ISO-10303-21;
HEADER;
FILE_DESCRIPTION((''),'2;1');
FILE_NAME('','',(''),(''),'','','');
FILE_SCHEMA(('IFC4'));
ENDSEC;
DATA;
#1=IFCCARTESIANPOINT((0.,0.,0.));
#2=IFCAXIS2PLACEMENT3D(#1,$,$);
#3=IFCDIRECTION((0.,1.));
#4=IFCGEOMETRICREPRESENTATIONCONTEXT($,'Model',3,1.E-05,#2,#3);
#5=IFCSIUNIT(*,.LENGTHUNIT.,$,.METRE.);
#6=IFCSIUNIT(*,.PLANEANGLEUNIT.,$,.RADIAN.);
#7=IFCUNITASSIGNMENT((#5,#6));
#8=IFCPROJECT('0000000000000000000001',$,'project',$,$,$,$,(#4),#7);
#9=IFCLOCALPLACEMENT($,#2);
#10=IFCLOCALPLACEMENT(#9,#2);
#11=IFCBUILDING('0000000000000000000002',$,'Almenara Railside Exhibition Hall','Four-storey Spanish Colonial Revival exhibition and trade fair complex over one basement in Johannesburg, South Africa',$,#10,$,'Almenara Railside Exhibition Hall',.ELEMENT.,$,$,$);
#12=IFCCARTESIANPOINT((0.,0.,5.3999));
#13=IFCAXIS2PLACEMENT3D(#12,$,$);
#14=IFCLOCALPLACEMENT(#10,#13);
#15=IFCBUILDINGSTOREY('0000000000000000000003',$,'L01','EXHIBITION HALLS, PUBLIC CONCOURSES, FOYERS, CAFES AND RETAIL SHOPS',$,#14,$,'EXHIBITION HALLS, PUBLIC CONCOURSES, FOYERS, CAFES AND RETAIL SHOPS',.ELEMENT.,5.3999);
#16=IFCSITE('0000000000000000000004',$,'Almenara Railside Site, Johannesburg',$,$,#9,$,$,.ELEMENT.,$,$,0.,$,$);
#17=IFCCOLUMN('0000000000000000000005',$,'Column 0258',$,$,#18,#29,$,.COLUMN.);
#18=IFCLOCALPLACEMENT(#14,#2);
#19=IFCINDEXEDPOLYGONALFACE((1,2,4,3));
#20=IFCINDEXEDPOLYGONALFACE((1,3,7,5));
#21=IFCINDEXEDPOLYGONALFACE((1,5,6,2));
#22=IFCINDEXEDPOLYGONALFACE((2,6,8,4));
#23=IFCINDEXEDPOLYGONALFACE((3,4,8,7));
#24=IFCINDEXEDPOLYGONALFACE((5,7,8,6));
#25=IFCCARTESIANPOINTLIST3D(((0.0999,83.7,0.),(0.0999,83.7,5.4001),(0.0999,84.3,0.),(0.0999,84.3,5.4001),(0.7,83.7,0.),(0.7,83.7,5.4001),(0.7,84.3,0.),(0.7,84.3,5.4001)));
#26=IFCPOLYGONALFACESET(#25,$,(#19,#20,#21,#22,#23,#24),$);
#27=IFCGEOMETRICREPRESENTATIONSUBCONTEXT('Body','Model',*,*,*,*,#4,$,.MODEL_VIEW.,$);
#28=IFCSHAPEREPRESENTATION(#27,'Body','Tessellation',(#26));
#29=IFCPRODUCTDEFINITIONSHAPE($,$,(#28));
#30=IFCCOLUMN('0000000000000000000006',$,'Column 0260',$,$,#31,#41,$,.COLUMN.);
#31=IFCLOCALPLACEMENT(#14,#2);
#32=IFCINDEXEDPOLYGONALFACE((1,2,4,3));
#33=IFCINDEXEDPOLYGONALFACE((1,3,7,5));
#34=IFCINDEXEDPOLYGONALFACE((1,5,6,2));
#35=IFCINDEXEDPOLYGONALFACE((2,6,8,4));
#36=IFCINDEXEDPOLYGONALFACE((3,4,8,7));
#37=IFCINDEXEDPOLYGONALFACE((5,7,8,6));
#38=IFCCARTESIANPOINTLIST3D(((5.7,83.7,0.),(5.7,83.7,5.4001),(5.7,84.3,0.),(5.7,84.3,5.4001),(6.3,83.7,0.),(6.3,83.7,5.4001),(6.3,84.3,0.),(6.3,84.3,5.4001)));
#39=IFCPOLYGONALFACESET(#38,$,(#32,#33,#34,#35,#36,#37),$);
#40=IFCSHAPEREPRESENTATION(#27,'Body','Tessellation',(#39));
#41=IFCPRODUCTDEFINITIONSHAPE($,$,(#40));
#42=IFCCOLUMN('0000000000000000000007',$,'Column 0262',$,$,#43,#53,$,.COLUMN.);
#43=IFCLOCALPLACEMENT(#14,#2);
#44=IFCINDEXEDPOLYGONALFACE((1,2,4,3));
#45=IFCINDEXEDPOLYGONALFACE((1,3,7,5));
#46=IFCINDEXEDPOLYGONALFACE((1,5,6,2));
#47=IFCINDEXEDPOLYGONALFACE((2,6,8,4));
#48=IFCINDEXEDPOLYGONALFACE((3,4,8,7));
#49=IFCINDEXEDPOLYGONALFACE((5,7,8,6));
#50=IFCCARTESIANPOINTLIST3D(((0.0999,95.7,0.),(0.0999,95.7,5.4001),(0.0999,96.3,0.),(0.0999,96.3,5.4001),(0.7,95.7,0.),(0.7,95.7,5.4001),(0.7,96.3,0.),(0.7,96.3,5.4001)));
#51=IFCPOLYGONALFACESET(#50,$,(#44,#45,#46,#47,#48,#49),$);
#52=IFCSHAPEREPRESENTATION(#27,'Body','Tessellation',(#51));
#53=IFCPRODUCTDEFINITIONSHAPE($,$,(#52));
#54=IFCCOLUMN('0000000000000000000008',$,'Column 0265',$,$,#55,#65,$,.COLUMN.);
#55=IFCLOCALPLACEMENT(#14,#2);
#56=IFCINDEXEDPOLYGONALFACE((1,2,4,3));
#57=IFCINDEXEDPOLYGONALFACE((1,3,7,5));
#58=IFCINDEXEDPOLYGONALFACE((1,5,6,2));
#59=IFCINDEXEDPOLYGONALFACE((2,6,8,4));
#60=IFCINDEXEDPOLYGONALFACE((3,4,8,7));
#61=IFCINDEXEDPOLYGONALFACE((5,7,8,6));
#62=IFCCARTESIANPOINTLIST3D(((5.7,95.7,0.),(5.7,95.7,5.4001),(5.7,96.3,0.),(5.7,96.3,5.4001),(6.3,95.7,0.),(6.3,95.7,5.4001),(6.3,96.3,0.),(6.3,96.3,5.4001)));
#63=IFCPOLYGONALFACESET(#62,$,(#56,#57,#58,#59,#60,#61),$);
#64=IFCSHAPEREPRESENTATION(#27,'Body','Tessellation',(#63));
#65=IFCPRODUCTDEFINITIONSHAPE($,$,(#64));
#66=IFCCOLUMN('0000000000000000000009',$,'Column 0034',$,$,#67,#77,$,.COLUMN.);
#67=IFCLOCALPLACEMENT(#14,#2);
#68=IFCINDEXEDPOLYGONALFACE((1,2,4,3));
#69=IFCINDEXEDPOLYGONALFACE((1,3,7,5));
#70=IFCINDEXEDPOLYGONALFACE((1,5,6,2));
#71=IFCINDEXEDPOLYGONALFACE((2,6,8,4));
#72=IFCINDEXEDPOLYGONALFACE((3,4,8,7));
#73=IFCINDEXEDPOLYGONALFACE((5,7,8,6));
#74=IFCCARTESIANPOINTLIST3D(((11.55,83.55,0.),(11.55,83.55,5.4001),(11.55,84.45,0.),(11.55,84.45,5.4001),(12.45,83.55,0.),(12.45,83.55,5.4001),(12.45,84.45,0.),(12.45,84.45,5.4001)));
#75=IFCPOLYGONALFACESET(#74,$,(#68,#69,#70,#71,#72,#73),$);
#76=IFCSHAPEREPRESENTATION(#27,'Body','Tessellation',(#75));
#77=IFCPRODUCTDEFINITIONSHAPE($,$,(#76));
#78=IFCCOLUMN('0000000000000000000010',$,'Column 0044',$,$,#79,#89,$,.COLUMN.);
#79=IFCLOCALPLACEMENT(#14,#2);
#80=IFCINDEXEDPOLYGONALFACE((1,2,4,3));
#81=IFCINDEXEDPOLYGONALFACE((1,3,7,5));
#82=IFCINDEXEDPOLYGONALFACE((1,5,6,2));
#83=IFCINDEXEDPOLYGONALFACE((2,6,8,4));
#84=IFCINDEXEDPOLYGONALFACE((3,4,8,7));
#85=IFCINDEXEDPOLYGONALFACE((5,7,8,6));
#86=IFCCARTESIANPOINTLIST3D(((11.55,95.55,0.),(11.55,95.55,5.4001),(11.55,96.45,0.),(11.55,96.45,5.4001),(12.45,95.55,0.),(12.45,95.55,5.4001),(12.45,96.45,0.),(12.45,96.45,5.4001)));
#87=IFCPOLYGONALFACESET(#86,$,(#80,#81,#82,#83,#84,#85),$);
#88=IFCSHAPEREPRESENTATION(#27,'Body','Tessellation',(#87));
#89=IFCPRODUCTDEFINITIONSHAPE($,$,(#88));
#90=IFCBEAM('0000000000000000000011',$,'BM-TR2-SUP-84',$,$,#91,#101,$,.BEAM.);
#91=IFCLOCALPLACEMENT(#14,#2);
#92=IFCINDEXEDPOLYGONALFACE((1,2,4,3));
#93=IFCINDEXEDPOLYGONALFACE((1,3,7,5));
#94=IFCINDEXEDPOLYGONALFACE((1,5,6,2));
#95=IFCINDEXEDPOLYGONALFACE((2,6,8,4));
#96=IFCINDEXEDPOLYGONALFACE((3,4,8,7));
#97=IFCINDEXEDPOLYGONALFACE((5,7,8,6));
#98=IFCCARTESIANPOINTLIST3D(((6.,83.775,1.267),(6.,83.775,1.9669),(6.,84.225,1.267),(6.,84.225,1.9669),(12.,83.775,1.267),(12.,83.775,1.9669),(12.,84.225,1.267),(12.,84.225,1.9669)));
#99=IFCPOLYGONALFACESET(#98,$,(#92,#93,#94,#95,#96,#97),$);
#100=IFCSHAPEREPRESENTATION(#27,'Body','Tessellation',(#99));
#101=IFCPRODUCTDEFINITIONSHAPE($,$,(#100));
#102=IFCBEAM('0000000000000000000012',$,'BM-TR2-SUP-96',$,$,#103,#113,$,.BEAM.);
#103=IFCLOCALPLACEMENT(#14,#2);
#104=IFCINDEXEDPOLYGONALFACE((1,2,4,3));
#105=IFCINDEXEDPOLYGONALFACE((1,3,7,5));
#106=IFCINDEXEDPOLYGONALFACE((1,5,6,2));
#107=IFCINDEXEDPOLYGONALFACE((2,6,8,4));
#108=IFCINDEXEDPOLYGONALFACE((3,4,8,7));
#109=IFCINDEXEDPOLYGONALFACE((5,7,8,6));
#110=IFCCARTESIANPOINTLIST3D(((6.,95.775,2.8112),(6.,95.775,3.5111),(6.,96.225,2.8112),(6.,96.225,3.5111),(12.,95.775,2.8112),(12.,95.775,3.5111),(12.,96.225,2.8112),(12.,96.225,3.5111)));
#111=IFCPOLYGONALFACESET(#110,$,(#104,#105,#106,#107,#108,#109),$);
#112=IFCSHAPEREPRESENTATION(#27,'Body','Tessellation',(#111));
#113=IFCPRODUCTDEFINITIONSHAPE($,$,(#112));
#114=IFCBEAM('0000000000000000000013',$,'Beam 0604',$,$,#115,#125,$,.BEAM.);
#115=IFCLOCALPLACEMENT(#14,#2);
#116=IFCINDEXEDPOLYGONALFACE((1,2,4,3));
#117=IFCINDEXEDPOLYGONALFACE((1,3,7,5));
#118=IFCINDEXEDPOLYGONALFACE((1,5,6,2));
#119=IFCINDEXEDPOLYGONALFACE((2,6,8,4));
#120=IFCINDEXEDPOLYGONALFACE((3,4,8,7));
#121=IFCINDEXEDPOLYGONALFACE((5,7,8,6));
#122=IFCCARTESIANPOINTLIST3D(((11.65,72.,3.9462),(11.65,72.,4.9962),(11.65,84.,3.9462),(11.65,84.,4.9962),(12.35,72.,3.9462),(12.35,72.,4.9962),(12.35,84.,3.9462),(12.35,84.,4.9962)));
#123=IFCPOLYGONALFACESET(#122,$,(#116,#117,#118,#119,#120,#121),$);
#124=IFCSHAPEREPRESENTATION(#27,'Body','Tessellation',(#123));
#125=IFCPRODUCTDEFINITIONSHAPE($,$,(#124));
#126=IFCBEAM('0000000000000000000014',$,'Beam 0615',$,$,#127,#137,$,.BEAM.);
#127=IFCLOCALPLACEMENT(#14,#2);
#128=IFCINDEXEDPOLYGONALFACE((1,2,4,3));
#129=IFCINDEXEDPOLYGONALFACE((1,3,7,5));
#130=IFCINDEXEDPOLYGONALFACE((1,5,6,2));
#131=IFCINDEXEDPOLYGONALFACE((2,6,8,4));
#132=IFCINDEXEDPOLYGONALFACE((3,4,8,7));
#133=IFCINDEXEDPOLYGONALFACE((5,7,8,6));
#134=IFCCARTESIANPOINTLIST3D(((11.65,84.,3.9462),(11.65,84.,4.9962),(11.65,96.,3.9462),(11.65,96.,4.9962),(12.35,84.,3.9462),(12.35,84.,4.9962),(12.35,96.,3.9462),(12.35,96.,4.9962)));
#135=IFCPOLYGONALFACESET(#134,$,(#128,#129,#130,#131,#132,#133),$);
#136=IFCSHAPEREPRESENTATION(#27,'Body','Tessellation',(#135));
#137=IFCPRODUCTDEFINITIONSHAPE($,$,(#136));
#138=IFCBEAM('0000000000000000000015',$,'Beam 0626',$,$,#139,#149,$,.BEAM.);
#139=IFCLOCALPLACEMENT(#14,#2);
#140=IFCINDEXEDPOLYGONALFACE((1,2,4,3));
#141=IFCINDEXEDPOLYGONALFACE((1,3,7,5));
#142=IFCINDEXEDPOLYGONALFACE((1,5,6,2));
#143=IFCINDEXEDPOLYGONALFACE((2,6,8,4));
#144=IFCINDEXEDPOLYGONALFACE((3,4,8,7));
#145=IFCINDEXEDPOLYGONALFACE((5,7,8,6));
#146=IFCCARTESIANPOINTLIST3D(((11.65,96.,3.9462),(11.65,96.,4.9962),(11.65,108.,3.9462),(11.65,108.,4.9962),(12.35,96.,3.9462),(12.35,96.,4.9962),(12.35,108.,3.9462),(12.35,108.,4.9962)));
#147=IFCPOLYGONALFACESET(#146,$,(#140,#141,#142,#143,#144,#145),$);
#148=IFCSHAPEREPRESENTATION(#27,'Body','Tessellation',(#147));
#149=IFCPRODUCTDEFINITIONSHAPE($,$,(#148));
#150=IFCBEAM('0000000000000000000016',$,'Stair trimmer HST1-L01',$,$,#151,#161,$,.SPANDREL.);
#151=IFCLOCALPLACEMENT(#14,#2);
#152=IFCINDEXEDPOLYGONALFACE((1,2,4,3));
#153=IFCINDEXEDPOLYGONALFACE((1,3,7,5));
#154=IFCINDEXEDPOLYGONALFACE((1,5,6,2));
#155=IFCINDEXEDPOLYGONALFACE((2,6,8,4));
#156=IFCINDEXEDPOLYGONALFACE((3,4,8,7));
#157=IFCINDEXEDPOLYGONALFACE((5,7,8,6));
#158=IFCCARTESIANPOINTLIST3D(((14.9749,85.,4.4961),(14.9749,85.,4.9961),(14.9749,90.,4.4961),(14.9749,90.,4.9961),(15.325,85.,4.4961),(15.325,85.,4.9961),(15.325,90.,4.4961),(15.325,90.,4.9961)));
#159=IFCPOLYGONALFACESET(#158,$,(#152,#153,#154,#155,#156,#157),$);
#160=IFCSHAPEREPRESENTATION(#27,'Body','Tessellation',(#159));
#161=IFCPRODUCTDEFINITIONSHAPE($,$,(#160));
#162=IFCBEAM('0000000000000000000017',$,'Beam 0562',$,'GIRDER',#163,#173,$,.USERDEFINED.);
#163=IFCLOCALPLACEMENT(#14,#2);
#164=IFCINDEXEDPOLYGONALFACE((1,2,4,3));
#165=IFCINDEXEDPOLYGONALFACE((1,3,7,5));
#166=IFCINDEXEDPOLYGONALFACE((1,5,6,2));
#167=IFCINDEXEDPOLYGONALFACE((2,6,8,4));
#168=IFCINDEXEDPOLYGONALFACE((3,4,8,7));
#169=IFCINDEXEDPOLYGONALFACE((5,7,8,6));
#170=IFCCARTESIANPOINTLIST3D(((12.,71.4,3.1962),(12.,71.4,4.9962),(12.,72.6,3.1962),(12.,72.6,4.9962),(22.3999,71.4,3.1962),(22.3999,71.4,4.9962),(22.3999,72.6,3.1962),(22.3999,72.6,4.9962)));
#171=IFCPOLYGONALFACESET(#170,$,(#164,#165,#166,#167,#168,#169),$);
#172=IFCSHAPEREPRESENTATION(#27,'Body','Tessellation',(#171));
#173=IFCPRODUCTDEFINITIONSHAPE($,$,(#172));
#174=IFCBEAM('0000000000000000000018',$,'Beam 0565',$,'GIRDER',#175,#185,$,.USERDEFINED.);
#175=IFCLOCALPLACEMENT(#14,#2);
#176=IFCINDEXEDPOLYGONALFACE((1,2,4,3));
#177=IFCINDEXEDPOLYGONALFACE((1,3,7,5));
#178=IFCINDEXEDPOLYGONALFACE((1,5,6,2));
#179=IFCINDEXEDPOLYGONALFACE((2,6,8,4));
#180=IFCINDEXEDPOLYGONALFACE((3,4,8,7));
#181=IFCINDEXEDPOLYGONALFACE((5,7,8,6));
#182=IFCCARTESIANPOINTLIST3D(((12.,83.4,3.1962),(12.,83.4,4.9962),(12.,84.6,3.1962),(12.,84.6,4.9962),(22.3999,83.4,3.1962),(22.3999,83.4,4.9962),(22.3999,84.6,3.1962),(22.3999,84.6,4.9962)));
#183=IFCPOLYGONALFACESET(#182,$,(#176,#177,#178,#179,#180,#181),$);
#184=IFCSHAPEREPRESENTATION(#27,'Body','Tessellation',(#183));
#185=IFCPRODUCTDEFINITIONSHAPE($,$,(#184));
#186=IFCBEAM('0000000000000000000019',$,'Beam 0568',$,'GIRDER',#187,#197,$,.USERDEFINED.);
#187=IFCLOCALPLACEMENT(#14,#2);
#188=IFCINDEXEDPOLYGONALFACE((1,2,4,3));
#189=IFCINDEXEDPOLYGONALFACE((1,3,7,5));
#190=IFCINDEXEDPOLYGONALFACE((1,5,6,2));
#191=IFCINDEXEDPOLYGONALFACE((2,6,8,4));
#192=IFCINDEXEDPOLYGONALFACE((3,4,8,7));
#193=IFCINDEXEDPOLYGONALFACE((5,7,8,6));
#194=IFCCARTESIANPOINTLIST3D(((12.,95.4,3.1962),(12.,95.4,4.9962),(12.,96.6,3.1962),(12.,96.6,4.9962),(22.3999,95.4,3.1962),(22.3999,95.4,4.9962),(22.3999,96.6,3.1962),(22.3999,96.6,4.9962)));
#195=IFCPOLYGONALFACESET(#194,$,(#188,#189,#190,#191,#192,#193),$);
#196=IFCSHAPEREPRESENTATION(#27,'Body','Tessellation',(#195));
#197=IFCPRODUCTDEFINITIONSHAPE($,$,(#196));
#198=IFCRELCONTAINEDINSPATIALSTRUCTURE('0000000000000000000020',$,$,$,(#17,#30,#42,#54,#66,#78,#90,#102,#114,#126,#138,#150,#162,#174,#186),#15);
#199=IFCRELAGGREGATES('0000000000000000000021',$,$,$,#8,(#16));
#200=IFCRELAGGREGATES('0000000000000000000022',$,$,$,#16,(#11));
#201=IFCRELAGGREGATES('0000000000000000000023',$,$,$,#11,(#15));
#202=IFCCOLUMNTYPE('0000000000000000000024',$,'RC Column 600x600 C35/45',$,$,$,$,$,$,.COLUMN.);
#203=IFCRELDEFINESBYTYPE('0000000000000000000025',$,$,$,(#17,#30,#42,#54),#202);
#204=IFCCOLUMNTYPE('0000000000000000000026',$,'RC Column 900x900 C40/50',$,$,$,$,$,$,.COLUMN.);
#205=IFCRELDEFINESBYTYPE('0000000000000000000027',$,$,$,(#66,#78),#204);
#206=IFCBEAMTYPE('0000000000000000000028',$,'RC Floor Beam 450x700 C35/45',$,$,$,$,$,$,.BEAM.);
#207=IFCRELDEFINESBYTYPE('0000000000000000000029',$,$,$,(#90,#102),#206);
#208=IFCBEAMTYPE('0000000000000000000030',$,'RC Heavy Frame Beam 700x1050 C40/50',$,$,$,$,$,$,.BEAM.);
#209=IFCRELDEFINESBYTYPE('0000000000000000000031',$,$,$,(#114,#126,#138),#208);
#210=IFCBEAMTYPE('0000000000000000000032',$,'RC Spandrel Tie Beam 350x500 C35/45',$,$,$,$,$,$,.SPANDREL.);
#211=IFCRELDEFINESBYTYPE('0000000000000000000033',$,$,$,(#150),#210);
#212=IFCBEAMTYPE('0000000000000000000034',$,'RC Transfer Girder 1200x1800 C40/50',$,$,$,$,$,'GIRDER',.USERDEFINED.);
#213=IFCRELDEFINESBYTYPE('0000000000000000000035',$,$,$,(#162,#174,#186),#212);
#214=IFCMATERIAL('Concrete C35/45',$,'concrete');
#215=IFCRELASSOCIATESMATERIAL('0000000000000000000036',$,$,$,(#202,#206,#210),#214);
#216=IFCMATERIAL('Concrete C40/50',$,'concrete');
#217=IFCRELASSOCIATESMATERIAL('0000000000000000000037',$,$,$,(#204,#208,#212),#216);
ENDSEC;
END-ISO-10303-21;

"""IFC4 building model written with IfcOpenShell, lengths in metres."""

from ifc_helpers import new_model, si_unit, direction, frame, origin, origin_2d, place, context, subcontext, project, spatial, rectangle, extrude, material, material_profile, profile_set, type_object, element, save


model = new_model("IFC4")

# Units and contexts
model_context = context("Model", 3, precision=1e-05, world=origin(), true_north=direction((0.0, 1.0)))
body_context = subcontext(model_context, "Body", "Model", "MODEL_VIEW")
ifc_project = project(units=[si_unit("LENGTHUNIT", "METRE"), si_unit("PLANEANGLEUNIT", "RADIAN")], contexts=[model_context])

# Site, building, storey
site_placement = place(None, origin())
site = spatial("IfcSite", under=ifc_project, at=site_placement, Name="Almenara Railside Site, Johannesburg", CompositionType="ELEMENT", RefElevation=0.0)
building_placement = place(site_placement, origin())
building = spatial("IfcBuilding", under=site, at=building_placement, Name="Almenara Railside Exhibition Hall", Description="Four-storey Spanish Colonial Revival exhibition and trade fair complex over one basement in Johannesburg, South Africa", LongName="Almenara Railside Exhibition Hall", CompositionType="ELEMENT")
storey_placement = place(building_placement, frame((0.0, 0.0, 5.3999)))
storey = spatial("IfcBuildingStorey", under=building, at=storey_placement, Name="L01", Description="EXHIBITION HALLS, PUBLIC CONCOURSES, FOYERS, CAFES AND RETAIL SHOPS", LongName="EXHIBITION HALLS, PUBLIC CONCOURSES, FOYERS, CAFES AND RETAIL SHOPS", CompositionType="ELEMENT", Elevation=5.3999)

# Columns
ifc_material_1 = material(Name="Concrete C35/45", Category="concrete")
ifc_material_profile_1 = material_profile(ifc_material_1, rectangle(XDim=0.6001, YDim=0.6001, at=origin_2d()), Name="RC 600x600")
ifc_profile_set_1 = profile_set([ifc_material_profile_1], Name="Concrete C35/45")
column_type_1 = type_object("IfcColumnType", Name="RC Column 600x600 C35/45", PredefinedType="COLUMN", material=ifc_profile_set_1)
for number, where, z_axis, x_axis, name in (
    (1, (0.3999, 84.0, 0.0), (0.0, 0.0, 1.0), (1.0, 0.0, 0.0), "Column 0258"),
    (2, (6.0, 84.0, 0.0), (0.0, 0.0, 1.0), (1.0, 0.0, 0.0), "Column 0260"),
    (3, (0.3999, 96.0, 0.0), (0.0, 0.0, 1.0), (1.0, 0.0, 0.0), "Column 0262"),
    (4, (6.0, 96.0, 0.0), (0.0, 0.0, 1.0), (1.0, 0.0, 0.0), "Column 0265"),
):
    element("IfcColumn", number, at=place(storey_placement, frame(where, z_axis=z_axis, x_axis=x_axis)), inside=storey, type_object=column_type_1, Name=name, PredefinedType="COLUMN", context=body_context, shape_type="SweptSolid", body=[
        extrude(rectangle(XDim=0.6001, YDim=0.6001, at=origin_2d()), origin(), (0.0, 0.0, 1.0), 5.4001),
    ])
ifc_material_2 = material(Name="Concrete C40/50", Category="concrete")
ifc_material_profile_2 = material_profile(ifc_material_2, rectangle(XDim=0.8999, YDim=0.8999, at=origin_2d()), Name="RC 900x900")
ifc_profile_set_2 = profile_set([ifc_material_profile_2], Name="Concrete C40/50")
column_type_2 = type_object("IfcColumnType", Name="RC Column 900x900 C40/50", PredefinedType="COLUMN", material=ifc_profile_set_2)
for number, where, z_axis, x_axis, name in (
    (5, (12.0, 84.0, 0.0), (0.0, 0.0, 1.0), (1.0, 0.0, 0.0), "Column 0034"),
    (6, (12.0, 96.0, 0.0), (0.0, 0.0, 1.0), (1.0, 0.0, 0.0), "Column 0044"),
):
    element("IfcColumn", number, at=place(storey_placement, frame(where, z_axis=z_axis, x_axis=x_axis)), inside=storey, type_object=column_type_2, Name=name, PredefinedType="COLUMN", context=body_context, shape_type="SweptSolid", body=[
        extrude(rectangle(XDim=0.8999, YDim=0.8999, at=origin_2d()), origin(), (0.0, 0.0, 1.0), 5.4001),
    ])

# Beams
ifc_material_profile_3 = material_profile(ifc_material_1, rectangle(XDim=0.45, YDim=0.7, at=origin_2d()), Name="RC 450x700")
ifc_profile_set_3 = profile_set([ifc_material_profile_3], Name="Concrete C35/45")
beam_type_1 = type_object("IfcBeamType", Name="RC Floor Beam 450x700 C35/45", PredefinedType="BEAM", material=ifc_profile_set_3)
for number, where, z_axis, x_axis, name in (
    (7, (6.0, 84.0, 1.6169), (1.0, 0.0, 0.0), (0.0, 1.0, 0.0), "BM-TR2-SUP-84"),
    (8, (6.0, 96.0, 3.1611), (1.0, 0.0, 0.0), (0.0, 1.0, 0.0), "BM-TR2-SUP-96"),
):
    element("IfcBeam", number, at=place(storey_placement, frame(where, z_axis=z_axis, x_axis=x_axis)), inside=storey, type_object=beam_type_1, Name=name, PredefinedType="BEAM", context=body_context, shape_type="SweptSolid", body=[
        extrude(rectangle(XDim=0.45, YDim=0.7, at=origin_2d()), origin(), (0.0, 0.0, 1.0), 6.0),
    ])
ifc_material_profile_4 = material_profile(ifc_material_2, rectangle(XDim=0.7, YDim=1.05, at=origin_2d()), Name="RC 700x1050")
ifc_profile_set_4 = profile_set([ifc_material_profile_4], Name="Concrete C40/50")
beam_type_2 = type_object("IfcBeamType", Name="RC Heavy Frame Beam 700x1050 C40/50", PredefinedType="BEAM", material=ifc_profile_set_4)
for number, where, z_axis, x_axis, name in (
    (9, (12.0, 72.0, 4.4712), (0.0, 1.0, 0.0), (-1.0, 0.0, 0.0), "Beam 0604"),
    (10, (12.0, 84.0, 4.4712), (0.0, 1.0, 0.0), (-1.0, 0.0, 0.0), "Beam 0615"),
    (11, (12.0, 96.0, 4.4712), (0.0, 1.0, 0.0), (-1.0, 0.0, 0.0), "Beam 0626"),
):
    element("IfcBeam", number, at=place(storey_placement, frame(where, z_axis=z_axis, x_axis=x_axis)), inside=storey, type_object=beam_type_2, Name=name, PredefinedType="BEAM", context=body_context, shape_type="SweptSolid", body=[
        extrude(rectangle(XDim=0.7, YDim=1.05, at=origin_2d()), origin(), (0.0, 0.0, 1.0), 12.0),
    ])
ifc_material_profile_5 = material_profile(ifc_material_1, rectangle(XDim=0.3501, YDim=0.5, at=origin_2d()), Name="RC 350x500")
ifc_profile_set_5 = profile_set([ifc_material_profile_5], Name="Concrete C35/45")
beam_type_3 = type_object("IfcBeamType", Name="RC Spandrel Tie Beam 350x500 C35/45", PredefinedType="SPANDREL", material=ifc_profile_set_5)
beam_placement = place(storey_placement, frame((15.1499, 85.0, 4.7461), z_axis=(0.0, 1.0, 0.0), x_axis=(-1.0, 0.0, 0.0)))
element("IfcBeam", 12, at=beam_placement, inside=storey, type_object=beam_type_3, Name="Stair trimmer HST1-L01", PredefinedType="SPANDREL", context=body_context, shape_type="SweptSolid", body=[
    extrude(rectangle(XDim=0.3501, YDim=0.5, at=origin_2d()), origin(), (0.0, 0.0, 1.0), 5.0),
])
ifc_material_profile_6 = material_profile(ifc_material_2, rectangle(XDim=1.2, YDim=1.8, at=origin_2d()), Name="RC 1200x1800")
ifc_profile_set_6 = profile_set([ifc_material_profile_6], Name="Concrete C40/50")
beam_type_4 = type_object("IfcBeamType", Name="RC Transfer Girder 1200x1800 C40/50", ElementType="GIRDER", PredefinedType="USERDEFINED", material=ifc_profile_set_6)
for number, where, z_axis, x_axis, name in (
    (13, (12.0, 72.0, 4.0962), (1.0, 0.0, 0.0), (0.0, 1.0, 0.0), "Beam 0562"),
    (14, (12.0, 84.0, 4.0962), (1.0, 0.0, 0.0), (0.0, 1.0, 0.0), "Beam 0565"),
    (15, (12.0, 96.0, 4.0962), (1.0, 0.0, 0.0), (0.0, 1.0, 0.0), "Beam 0568"),
):
    element("IfcBeam", number, at=place(storey_placement, frame(where, z_axis=z_axis, x_axis=x_axis)), inside=storey, type_object=beam_type_4, Name=name, ObjectType="GIRDER", PredefinedType="USERDEFINED", context=body_context, shape_type="SweptSolid", body=[
        extrude(rectangle(XDim=1.2, YDim=1.8, at=origin_2d()), origin(), (0.0, 0.0, 1.0), 10.3999),
    ])

save(model, "model.ifc")
